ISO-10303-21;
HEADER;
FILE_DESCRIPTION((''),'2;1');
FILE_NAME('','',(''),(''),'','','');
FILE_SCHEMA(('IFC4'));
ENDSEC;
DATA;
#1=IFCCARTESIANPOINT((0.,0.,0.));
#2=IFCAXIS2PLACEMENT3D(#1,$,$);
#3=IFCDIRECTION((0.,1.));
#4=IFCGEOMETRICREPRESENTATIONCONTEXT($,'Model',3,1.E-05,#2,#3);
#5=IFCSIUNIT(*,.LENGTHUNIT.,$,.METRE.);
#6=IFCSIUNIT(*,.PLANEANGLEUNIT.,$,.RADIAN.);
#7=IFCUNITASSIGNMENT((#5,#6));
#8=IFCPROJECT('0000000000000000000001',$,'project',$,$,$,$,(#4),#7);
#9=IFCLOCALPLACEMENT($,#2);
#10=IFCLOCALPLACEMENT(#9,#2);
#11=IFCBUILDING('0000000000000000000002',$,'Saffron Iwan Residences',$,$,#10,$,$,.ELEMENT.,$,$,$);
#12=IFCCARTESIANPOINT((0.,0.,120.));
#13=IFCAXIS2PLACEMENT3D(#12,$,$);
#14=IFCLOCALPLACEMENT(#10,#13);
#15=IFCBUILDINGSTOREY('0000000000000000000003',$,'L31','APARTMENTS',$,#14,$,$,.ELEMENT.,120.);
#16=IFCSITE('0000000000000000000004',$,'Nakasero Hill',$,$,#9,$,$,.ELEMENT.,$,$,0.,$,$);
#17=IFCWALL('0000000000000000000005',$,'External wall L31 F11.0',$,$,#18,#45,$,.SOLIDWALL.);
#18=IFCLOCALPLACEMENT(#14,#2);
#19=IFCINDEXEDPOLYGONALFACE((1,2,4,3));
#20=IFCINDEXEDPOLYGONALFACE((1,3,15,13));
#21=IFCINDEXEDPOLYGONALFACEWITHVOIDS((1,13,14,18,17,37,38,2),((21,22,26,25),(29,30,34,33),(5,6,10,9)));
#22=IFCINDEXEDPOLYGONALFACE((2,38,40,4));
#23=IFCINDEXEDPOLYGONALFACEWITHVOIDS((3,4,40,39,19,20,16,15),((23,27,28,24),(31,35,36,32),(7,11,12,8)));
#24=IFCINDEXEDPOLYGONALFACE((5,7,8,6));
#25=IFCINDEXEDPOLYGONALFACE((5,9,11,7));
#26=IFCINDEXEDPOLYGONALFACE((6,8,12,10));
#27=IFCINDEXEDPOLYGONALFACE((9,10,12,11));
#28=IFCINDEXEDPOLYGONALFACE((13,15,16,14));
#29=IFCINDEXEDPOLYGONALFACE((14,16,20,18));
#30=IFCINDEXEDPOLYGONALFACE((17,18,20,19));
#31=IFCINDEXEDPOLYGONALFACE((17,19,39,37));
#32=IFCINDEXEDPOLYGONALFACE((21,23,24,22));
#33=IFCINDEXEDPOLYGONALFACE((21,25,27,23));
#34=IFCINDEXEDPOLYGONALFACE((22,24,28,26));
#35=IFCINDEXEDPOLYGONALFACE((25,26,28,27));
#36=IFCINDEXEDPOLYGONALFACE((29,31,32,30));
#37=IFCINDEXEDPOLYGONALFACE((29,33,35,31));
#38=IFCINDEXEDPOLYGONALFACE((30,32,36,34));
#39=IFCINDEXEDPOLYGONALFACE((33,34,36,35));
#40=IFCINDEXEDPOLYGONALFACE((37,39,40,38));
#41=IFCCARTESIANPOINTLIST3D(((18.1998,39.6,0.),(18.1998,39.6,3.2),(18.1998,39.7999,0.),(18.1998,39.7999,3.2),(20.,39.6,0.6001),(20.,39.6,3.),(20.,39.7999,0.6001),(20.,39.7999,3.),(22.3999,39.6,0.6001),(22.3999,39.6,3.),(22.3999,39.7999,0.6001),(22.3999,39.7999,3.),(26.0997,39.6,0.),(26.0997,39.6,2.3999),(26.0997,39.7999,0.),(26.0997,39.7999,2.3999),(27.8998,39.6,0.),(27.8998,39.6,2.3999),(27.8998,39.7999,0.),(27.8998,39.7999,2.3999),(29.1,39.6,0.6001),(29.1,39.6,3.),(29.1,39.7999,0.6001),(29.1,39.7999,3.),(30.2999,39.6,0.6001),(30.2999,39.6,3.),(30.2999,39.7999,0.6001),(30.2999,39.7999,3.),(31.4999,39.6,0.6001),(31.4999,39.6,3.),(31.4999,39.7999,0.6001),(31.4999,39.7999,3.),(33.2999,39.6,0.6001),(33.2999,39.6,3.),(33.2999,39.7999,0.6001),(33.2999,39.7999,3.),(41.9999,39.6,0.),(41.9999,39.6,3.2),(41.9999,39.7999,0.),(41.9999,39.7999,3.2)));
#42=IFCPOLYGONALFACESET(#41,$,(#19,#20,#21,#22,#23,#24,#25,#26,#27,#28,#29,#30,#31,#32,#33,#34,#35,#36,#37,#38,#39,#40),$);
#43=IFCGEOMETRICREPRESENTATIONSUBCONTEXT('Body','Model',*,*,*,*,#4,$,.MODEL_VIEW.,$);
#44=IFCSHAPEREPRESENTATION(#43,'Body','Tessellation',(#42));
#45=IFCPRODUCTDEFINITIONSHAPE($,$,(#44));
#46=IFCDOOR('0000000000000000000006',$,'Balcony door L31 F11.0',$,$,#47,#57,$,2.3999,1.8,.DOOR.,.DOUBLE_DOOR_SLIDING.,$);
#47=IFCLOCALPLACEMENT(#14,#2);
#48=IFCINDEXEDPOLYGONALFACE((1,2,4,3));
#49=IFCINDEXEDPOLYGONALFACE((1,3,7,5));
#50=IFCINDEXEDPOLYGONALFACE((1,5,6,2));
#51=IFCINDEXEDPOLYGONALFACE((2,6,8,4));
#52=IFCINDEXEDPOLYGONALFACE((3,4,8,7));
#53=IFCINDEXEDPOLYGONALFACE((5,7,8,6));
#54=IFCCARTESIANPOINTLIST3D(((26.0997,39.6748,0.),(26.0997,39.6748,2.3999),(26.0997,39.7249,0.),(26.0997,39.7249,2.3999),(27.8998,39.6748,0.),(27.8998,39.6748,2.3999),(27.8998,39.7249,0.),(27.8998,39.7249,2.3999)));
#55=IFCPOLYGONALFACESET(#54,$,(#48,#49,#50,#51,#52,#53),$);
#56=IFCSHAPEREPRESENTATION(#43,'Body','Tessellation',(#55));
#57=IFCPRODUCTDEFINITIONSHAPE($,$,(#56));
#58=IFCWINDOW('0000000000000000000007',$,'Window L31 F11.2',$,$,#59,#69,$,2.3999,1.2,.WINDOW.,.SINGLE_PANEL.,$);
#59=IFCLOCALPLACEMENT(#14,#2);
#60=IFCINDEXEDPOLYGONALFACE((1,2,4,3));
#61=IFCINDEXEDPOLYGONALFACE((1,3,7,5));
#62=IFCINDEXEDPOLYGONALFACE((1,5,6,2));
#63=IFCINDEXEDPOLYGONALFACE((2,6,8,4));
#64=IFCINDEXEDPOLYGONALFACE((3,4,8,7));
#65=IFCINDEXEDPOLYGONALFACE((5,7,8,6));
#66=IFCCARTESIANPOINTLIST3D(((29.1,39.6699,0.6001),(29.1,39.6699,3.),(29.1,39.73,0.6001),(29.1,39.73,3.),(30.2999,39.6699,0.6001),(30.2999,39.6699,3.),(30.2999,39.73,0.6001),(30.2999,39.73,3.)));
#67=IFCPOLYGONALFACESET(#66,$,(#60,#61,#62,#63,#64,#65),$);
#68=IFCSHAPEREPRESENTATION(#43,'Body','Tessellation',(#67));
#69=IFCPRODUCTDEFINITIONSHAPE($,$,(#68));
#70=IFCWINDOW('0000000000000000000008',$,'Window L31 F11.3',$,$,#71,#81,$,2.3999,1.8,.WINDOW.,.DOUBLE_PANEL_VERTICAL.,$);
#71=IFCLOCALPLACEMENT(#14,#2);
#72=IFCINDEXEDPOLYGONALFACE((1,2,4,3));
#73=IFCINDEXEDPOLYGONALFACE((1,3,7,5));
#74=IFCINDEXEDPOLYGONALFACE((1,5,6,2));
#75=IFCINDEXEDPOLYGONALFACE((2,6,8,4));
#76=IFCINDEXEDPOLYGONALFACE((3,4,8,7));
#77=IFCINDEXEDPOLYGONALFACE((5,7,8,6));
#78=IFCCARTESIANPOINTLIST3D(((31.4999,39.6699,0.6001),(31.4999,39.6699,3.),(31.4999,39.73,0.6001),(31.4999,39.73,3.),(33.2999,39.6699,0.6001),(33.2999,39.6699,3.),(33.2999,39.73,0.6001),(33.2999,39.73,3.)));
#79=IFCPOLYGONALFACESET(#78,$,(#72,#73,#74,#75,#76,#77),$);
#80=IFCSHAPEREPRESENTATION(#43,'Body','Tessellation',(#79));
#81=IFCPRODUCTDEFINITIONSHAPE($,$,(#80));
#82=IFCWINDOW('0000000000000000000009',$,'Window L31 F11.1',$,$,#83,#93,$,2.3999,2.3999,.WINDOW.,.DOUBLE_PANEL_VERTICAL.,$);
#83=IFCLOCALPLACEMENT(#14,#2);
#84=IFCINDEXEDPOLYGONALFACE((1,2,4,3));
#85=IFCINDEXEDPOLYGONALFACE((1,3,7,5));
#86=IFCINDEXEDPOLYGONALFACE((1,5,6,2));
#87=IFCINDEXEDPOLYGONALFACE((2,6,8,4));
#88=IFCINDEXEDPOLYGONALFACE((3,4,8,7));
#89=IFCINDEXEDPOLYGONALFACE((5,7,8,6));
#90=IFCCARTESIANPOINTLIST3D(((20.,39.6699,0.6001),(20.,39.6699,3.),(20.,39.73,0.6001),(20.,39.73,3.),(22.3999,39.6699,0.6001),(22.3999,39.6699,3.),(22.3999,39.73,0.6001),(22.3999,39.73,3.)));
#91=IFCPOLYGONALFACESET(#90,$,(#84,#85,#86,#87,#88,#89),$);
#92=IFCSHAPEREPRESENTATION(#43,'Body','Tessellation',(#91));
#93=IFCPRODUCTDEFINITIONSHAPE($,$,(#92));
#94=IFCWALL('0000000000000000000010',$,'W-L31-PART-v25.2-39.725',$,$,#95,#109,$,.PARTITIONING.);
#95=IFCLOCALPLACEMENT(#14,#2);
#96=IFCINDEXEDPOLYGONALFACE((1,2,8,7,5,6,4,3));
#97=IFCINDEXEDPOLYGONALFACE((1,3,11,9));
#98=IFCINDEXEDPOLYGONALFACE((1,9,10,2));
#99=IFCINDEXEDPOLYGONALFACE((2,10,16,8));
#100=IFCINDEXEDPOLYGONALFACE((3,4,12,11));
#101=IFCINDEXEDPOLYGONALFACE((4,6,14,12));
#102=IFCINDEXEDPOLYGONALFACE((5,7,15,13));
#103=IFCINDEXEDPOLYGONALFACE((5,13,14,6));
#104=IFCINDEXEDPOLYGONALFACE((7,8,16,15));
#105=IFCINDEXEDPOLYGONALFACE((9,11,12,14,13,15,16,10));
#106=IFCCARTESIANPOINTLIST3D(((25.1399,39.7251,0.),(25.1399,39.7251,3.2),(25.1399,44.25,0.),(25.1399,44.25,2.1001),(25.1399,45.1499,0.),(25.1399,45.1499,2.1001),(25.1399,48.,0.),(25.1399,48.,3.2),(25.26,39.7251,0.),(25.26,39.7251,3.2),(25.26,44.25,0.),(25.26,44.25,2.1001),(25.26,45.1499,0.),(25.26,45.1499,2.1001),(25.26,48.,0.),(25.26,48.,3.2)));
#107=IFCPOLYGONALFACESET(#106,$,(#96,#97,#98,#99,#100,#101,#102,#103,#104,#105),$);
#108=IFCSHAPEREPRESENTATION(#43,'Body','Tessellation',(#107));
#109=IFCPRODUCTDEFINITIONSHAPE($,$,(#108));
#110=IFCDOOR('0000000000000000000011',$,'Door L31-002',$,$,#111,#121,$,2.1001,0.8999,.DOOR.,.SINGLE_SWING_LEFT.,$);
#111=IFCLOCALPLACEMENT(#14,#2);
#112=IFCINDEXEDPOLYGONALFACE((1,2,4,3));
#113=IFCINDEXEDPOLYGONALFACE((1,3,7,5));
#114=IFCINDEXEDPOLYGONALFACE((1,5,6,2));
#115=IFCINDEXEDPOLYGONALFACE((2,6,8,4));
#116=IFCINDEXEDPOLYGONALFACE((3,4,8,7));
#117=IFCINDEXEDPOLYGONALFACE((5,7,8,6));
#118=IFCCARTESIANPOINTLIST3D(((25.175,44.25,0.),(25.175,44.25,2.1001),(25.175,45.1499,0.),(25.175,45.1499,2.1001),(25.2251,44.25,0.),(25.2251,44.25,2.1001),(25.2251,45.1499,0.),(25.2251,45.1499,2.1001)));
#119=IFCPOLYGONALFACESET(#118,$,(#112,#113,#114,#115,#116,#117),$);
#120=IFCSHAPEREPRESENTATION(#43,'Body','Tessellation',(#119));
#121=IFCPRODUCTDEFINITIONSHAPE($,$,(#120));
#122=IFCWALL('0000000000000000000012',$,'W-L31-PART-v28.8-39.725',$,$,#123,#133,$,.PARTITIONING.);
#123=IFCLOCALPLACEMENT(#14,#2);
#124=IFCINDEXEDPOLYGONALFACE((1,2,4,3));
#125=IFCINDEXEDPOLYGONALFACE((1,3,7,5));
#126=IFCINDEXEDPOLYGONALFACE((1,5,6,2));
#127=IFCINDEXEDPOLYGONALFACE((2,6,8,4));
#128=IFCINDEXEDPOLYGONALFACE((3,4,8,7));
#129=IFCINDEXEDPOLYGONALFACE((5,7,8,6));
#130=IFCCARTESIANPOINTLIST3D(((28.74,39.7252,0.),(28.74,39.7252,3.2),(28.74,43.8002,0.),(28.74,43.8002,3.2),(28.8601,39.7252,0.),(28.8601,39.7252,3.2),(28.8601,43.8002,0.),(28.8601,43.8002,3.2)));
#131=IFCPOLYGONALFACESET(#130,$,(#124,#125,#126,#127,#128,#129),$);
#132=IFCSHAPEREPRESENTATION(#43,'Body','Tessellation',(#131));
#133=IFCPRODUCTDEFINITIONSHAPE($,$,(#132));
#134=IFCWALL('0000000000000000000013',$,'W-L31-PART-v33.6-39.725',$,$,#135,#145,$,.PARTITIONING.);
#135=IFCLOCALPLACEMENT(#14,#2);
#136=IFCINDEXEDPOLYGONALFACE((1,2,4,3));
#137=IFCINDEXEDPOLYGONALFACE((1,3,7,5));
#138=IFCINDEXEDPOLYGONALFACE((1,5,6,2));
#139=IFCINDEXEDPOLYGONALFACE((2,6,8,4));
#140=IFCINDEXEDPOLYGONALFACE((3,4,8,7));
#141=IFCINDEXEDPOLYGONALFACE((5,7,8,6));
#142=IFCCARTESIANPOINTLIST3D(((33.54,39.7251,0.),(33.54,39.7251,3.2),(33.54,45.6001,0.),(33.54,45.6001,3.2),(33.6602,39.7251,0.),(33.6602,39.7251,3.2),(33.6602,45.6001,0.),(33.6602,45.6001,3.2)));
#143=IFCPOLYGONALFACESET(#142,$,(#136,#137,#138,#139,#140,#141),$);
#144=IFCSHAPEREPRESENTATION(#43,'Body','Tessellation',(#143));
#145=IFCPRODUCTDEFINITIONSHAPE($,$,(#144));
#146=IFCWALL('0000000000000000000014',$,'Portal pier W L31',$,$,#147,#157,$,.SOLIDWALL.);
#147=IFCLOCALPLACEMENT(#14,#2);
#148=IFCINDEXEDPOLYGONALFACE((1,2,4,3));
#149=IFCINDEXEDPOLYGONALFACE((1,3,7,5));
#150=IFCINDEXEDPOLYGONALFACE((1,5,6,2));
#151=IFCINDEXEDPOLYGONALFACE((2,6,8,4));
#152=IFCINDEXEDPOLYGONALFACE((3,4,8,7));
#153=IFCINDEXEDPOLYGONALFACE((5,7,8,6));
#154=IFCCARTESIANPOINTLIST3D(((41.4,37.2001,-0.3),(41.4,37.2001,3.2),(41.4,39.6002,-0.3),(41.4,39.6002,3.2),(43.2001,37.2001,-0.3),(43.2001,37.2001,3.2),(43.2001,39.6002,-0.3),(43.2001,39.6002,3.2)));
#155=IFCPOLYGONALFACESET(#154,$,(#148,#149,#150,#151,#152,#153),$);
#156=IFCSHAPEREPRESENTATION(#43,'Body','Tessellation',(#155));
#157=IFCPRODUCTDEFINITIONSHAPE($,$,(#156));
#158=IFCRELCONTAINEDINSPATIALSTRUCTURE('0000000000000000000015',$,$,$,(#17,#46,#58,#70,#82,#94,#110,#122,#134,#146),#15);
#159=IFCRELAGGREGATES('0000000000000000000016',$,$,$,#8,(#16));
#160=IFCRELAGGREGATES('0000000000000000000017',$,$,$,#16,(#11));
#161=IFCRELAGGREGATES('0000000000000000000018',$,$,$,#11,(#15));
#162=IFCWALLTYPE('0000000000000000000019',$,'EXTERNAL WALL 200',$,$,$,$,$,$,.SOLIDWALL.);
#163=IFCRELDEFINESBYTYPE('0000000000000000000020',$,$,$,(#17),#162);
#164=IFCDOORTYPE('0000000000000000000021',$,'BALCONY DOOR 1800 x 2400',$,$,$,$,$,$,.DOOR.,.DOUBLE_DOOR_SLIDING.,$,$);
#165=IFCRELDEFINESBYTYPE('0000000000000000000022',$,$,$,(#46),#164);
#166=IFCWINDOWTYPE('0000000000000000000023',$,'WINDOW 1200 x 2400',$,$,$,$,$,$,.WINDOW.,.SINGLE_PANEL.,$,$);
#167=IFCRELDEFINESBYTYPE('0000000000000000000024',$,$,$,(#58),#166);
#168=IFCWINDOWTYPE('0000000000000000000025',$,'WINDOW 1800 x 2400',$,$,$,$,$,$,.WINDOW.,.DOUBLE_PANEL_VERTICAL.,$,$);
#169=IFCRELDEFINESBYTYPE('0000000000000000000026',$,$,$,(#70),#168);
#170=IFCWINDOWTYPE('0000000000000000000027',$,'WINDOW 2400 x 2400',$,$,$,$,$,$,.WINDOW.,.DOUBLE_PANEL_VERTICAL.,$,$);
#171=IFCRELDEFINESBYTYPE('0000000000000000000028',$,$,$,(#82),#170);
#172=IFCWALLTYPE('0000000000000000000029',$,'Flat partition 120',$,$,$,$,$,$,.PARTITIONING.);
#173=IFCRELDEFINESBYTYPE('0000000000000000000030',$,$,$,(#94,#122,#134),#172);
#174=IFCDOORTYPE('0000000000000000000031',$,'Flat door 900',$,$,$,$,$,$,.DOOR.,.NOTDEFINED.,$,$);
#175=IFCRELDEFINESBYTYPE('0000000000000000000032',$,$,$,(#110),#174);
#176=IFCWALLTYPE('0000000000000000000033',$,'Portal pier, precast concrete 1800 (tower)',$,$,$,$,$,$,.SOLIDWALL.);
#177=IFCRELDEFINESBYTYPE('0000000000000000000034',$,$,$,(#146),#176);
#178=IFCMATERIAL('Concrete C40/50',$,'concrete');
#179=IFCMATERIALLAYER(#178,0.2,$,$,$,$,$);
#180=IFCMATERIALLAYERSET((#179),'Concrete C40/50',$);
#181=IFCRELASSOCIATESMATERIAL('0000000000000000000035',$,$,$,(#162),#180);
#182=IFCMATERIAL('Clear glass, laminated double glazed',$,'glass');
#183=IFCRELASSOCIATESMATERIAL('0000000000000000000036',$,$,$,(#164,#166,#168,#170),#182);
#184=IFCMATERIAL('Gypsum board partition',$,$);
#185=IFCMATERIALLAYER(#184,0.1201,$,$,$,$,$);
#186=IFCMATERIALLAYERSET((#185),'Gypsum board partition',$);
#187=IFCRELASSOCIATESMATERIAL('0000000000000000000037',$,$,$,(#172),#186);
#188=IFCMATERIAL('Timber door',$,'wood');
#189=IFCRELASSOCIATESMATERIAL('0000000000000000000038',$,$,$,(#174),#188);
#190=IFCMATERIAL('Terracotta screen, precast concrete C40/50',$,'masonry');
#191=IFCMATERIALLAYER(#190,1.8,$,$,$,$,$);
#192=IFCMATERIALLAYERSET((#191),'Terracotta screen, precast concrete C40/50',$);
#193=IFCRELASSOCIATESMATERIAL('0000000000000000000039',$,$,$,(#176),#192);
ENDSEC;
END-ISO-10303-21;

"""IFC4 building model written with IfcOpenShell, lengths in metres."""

from ifc_helpers import new_model, si_unit, direction, frame, frame_2d, origin, place, context, subcontext, project, spatial, rectangle, extrude, material, layer, layer_set, type_object, element, fill, save


model = new_model("IFC4")

# Units and contexts
model_context = context("Model", 3, precision=1e-05, world=origin(), true_north=direction((0.0, 1.0)))
body_context = subcontext(model_context, "Body", "Model", "MODEL_VIEW")
ifc_project = project(units=[si_unit("LENGTHUNIT", "METRE"), si_unit("PLANEANGLEUNIT", "RADIAN")], contexts=[model_context])

# Site, building, storey
site_placement = place(None, origin())
site = spatial("IfcSite", under=ifc_project, at=site_placement, Name="Nakasero Hill", CompositionType="ELEMENT", RefElevation=0.0)
building_placement = place(site_placement, origin())
building = spatial("IfcBuilding", under=site, at=building_placement, Name="Saffron Iwan Residences", CompositionType="ELEMENT")
storey_placement = place(building_placement, frame((0.0, 0.0, 120.0)))
storey = spatial("IfcBuildingStorey", under=building, at=storey_placement, Name="L31", Description="APARTMENTS", CompositionType="ELEMENT", Elevation=120.0)

# Wall, openings, door, windows
ifc_material_1 = material(Name="Concrete C40/50", Category="concrete")
ifc_layer_1 = layer(ifc_material_1, 0.2)
ifc_layer_set_1 = layer_set([ifc_layer_1], Name="Concrete C40/50")
wall_type_1 = type_object("IfcWallType", Name="EXTERNAL WALL 200", PredefinedType="SOLIDWALL", material=ifc_layer_set_1)
wall_1_placement = place(storey_placement, frame((18.2, 39.7, 0.0), z_axis=(0.0, 0.0, 1.0), x_axis=(1.0, 0.0, 0.0)))
wall_1 = element("IfcWall", 1, at=wall_1_placement, inside=storey, type_object=wall_type_1, Name="External wall L31 F11.0", PredefinedType="SOLIDWALL", context=body_context, shape_type="SweptSolid", body=[
    extrude(rectangle(XDim=23.8, YDim=0.2, at=frame_2d((11.8999, 0.0))), origin(), (0.0, 0.0, 1.0), 3.2),
])
opening_1_placement = place(wall_1_placement, frame((7.8999, 0.0, 0.0)))
opening_1 = element("IfcOpeningElement", 2, at=opening_1_placement, cuts=wall_1, PredefinedType="OPENING", context=body_context, shape_type="SweptSolid", body=[
    extrude(rectangle(XDim=1.8, YDim=2.3999, at=frame_2d((0.8999, 1.2))), frame((0.0, 0.1099, 0.0), z_axis=(0.0, -1.0, 0.0), x_axis=(1.0, 0.0, 0.0)), (0.0, 0.0, 1.0), 0.22),
])
opening_2_placement = place(wall_1_placement, frame((1.8, 0.0, 0.6001)))
opening_2 = element("IfcOpeningElement", 3, at=opening_2_placement, cuts=wall_1, PredefinedType="OPENING", context=body_context, shape_type="SweptSolid", body=[
    extrude(rectangle(XDim=2.3999, YDim=2.3999, at=frame_2d((1.2, 1.2))), frame((0.0, 0.1099, 0.0), z_axis=(0.0, -1.0, 0.0), x_axis=(1.0, 0.0, 0.0)), (0.0, 0.0, 1.0), 0.22),
])
opening_3_placement = place(wall_1_placement, frame((10.8999, 0.0, 0.6001)))
opening_3 = element("IfcOpeningElement", 4, at=opening_3_placement, cuts=wall_1, PredefinedType="OPENING", context=body_context, shape_type="SweptSolid", body=[
    extrude(rectangle(XDim=1.2, YDim=2.3999, at=frame_2d((0.6001, 1.2))), frame((0.0, 0.1099, 0.0), z_axis=(0.0, -1.0, 0.0), x_axis=(1.0, 0.0, 0.0)), (0.0, 0.0, 1.0), 0.22),
])
opening_4_placement = place(wall_1_placement, frame((13.3, 0.0, 0.6001)))
opening_4 = element("IfcOpeningElement", 5, at=opening_4_placement, cuts=wall_1, PredefinedType="OPENING", context=body_context, shape_type="SweptSolid", body=[
    extrude(rectangle(XDim=1.8, YDim=2.3999, at=frame_2d((0.8999, 1.2))), frame((0.0, 0.1099, 0.0), z_axis=(0.0, -1.0, 0.0), x_axis=(1.0, 0.0, 0.0)), (0.0, 0.0, 1.0), 0.22),
])
ifc_material_2 = material(Name="Clear glass, laminated double glazed", Category="glass")
door_type_1 = type_object("IfcDoorType", Name="BALCONY DOOR 1800 x 2400", OperationType="DOUBLE_DOOR_SLIDING", PredefinedType="DOOR", material=ifc_material_2)
door_1_placement = place(opening_1_placement, origin())
door_1 = element("IfcDoor", 6, at=door_1_placement, inside=storey, type_object=door_type_1, Name="Balcony door L31 F11.0", OperationType="DOUBLE_DOOR_SLIDING", OverallHeight=2.3999, OverallWidth=1.8, PredefinedType="DOOR", context=body_context, shape_type="SweptSolid", body=[
    extrude(rectangle(XDim=1.8, YDim=2.3999, at=frame_2d((0.8999, 1.2))), frame((0.0, 0.0249, 0.0), z_axis=(0.0, -1.0, 0.0), x_axis=(1.0, 0.0, 0.0)), (0.0, 0.0, 1.0), 0.05),
])
fill(opening_1, door_1)
window_type_1 = type_object("IfcWindowType", Name="WINDOW 1200 x 2400", PartitioningType="SINGLE_PANEL", PredefinedType="WINDOW", material=ifc_material_2)
window_1_placement = place(opening_3_placement, origin())
window_1 = element("IfcWindow", 7, at=window_1_placement, inside=storey, type_object=window_type_1, Name="Window L31 F11.2", OverallHeight=2.3999, OverallWidth=1.2, PartitioningType="SINGLE_PANEL", PredefinedType="WINDOW", context=body_context, shape_type="SweptSolid", body=[
    extrude(rectangle(XDim=1.2, YDim=2.3999, at=frame_2d((0.6001, 1.2))), frame((0.0, 0.03, 0.0), z_axis=(0.0, -1.0, 0.0), x_axis=(1.0, 0.0, 0.0)), (0.0, 0.0, 1.0), 0.0601),
])
fill(opening_3, window_1)
window_type_2 = type_object("IfcWindowType", Name="WINDOW 1800 x 2400", PartitioningType="DOUBLE_PANEL_VERTICAL", PredefinedType="WINDOW", material=ifc_material_2)
window_2_placement = place(opening_4_placement, origin())
window_2 = element("IfcWindow", 8, at=window_2_placement, inside=storey, type_object=window_type_2, Name="Window L31 F11.3", OverallHeight=2.3999, OverallWidth=1.8, PartitioningType="DOUBLE_PANEL_VERTICAL", PredefinedType="WINDOW", context=body_context, shape_type="SweptSolid", body=[
    extrude(rectangle(XDim=1.8, YDim=2.3999, at=frame_2d((0.8999, 1.2))), frame((0.0, 0.03, 0.0), z_axis=(0.0, -1.0, 0.0), x_axis=(1.0, 0.0, 0.0)), (0.0, 0.0, 1.0), 0.0601),
])
fill(opening_4, window_2)
window_type_3 = type_object("IfcWindowType", Name="WINDOW 2400 x 2400", PartitioningType="DOUBLE_PANEL_VERTICAL", PredefinedType="WINDOW", material=ifc_material_2)
window_3_placement = place(opening_2_placement, origin())
window_3 = element("IfcWindow", 9, at=window_3_placement, inside=storey, type_object=window_type_3, Name="Window L31 F11.1", OverallHeight=2.3999, OverallWidth=2.3999, PartitioningType="DOUBLE_PANEL_VERTICAL", PredefinedType="WINDOW", context=body_context, shape_type="SweptSolid", body=[
    extrude(rectangle(XDim=2.3999, YDim=2.3999, at=frame_2d((1.2, 1.2))), frame((0.0, 0.03, 0.0), z_axis=(0.0, -1.0, 0.0), x_axis=(1.0, 0.0, 0.0)), (0.0, 0.0, 1.0), 0.0601),
])
fill(opening_2, window_3)

# Wall, opening, door
ifc_material_3 = material(Name="Gypsum board partition")
ifc_layer_2 = layer(ifc_material_3, 0.1201)
ifc_layer_set_2 = layer_set([ifc_layer_2], Name="Gypsum board partition")
wall_type_2 = type_object("IfcWallType", Name="Flat partition 120", PredefinedType="PARTITIONING", material=ifc_layer_set_2)
wall_2_placement = place(storey_placement, frame((25.2, 39.7251, 0.0), z_axis=(0.0, 0.0, 1.0), x_axis=(0.0, 1.0, 0.0)))
wall_2 = element("IfcWall", 10, at=wall_2_placement, inside=storey, type_object=wall_type_2, Name="W-L31-PART-v25.2-39.725", PredefinedType="PARTITIONING", context=body_context, shape_type="SweptSolid", body=[
    extrude(rectangle(XDim=8.2749, YDim=0.1201, at=frame_2d((4.1375, 0.0))), origin(), (0.0, 0.0, 1.0), 3.2),
])
opening_5_placement = place(wall_2_placement, frame((4.5249, 0.0, 0.0)))
opening_5 = element("IfcOpeningElement", 11, at=opening_5_placement, cuts=wall_2, PredefinedType="OPENING", context=body_context, shape_type="SweptSolid", body=[
    extrude(rectangle(XDim=0.8999, YDim=2.1001, at=frame_2d((0.45, 1.05))), frame((0.0, 0.0701, 0.0), z_axis=(0.0, -1.0, 0.0), x_axis=(1.0, 0.0, 0.0)), (0.0, 0.0, 1.0), 0.1401),
])
ifc_material_4 = material(Name="Timber door", Category="wood")
door_type_2 = type_object("IfcDoorType", Name="Flat door 900", OperationType="NOTDEFINED", PredefinedType="DOOR", material=ifc_material_4)
door_2_placement = place(opening_5_placement, origin())
door_2 = element("IfcDoor", 12, at=door_2_placement, inside=storey, type_object=door_type_2, Name="Door L31-002", OperationType="SINGLE_SWING_LEFT", OverallHeight=2.1001, OverallWidth=0.8999, PredefinedType="DOOR", context=body_context, shape_type="SweptSolid", body=[
    extrude(rectangle(XDim=0.8999, YDim=2.1001, at=frame_2d((0.45, 1.05))), frame((0.0, 0.0249, 0.0), z_axis=(0.0, -1.0, 0.0), x_axis=(1.0, 0.0, 0.0)), (0.0, 0.0, 1.0), 0.05),
])
fill(opening_5, door_2)

# Walls
wall_3_placement = place(storey_placement, frame((28.8, 39.7251, 0.0), z_axis=(0.0, 0.0, 1.0), x_axis=(0.0, 1.0, 0.0)))
element("IfcWall", 13, at=wall_3_placement, inside=storey, type_object=wall_type_2, Name="W-L31-PART-v28.8-39.725", PredefinedType="PARTITIONING", context=body_context, shape_type="SweptSolid", body=[
    extrude(rectangle(XDim=4.075, YDim=0.1201, at=frame_2d((2.0376, 0.0))), origin(), (0.0, 0.0, 1.0), 3.2),
])
wall_4_placement = place(storey_placement, frame((33.6001, 39.7251, 0.0), z_axis=(0.0, 0.0, 1.0), x_axis=(0.0, 1.0, 0.0)))
element("IfcWall", 14, at=wall_4_placement, inside=storey, type_object=wall_type_2, Name="W-L31-PART-v33.6-39.725", PredefinedType="PARTITIONING", context=body_context, shape_type="SweptSolid", body=[
    extrude(rectangle(XDim=5.875, YDim=0.1201, at=frame_2d((2.9375, 0.0))), origin(), (0.0, 0.0, 1.0), 3.2),
])
ifc_material_5 = material(Name="Terracotta screen, precast concrete C40/50", Category="masonry")
ifc_layer_3 = layer(ifc_material_5, 1.8)
ifc_layer_set_3 = layer_set([ifc_layer_3], Name="Terracotta screen, precast concrete C40/50")
wall_type_3 = type_object("IfcWallType", Name="Portal pier, precast concrete 1800 (tower)", PredefinedType="SOLIDWALL", material=ifc_layer_set_3)
wall_5_placement = place(storey_placement, frame((42.3, 37.2, -0.3), z_axis=(0.0, 0.0, 1.0), x_axis=(0.0, 1.0, 0.0)))
element("IfcWall", 15, at=wall_5_placement, inside=storey, type_object=wall_type_3, Name="Portal pier W L31", PredefinedType="SOLIDWALL", context=body_context, shape_type="SweptSolid", body=[
    extrude(rectangle(XDim=2.4001, YDim=1.8, at=frame_2d((1.2002, 0.0))), origin(), (0.0, 0.0, 1.0), 3.5),
])

save(model, "model.ifc")
